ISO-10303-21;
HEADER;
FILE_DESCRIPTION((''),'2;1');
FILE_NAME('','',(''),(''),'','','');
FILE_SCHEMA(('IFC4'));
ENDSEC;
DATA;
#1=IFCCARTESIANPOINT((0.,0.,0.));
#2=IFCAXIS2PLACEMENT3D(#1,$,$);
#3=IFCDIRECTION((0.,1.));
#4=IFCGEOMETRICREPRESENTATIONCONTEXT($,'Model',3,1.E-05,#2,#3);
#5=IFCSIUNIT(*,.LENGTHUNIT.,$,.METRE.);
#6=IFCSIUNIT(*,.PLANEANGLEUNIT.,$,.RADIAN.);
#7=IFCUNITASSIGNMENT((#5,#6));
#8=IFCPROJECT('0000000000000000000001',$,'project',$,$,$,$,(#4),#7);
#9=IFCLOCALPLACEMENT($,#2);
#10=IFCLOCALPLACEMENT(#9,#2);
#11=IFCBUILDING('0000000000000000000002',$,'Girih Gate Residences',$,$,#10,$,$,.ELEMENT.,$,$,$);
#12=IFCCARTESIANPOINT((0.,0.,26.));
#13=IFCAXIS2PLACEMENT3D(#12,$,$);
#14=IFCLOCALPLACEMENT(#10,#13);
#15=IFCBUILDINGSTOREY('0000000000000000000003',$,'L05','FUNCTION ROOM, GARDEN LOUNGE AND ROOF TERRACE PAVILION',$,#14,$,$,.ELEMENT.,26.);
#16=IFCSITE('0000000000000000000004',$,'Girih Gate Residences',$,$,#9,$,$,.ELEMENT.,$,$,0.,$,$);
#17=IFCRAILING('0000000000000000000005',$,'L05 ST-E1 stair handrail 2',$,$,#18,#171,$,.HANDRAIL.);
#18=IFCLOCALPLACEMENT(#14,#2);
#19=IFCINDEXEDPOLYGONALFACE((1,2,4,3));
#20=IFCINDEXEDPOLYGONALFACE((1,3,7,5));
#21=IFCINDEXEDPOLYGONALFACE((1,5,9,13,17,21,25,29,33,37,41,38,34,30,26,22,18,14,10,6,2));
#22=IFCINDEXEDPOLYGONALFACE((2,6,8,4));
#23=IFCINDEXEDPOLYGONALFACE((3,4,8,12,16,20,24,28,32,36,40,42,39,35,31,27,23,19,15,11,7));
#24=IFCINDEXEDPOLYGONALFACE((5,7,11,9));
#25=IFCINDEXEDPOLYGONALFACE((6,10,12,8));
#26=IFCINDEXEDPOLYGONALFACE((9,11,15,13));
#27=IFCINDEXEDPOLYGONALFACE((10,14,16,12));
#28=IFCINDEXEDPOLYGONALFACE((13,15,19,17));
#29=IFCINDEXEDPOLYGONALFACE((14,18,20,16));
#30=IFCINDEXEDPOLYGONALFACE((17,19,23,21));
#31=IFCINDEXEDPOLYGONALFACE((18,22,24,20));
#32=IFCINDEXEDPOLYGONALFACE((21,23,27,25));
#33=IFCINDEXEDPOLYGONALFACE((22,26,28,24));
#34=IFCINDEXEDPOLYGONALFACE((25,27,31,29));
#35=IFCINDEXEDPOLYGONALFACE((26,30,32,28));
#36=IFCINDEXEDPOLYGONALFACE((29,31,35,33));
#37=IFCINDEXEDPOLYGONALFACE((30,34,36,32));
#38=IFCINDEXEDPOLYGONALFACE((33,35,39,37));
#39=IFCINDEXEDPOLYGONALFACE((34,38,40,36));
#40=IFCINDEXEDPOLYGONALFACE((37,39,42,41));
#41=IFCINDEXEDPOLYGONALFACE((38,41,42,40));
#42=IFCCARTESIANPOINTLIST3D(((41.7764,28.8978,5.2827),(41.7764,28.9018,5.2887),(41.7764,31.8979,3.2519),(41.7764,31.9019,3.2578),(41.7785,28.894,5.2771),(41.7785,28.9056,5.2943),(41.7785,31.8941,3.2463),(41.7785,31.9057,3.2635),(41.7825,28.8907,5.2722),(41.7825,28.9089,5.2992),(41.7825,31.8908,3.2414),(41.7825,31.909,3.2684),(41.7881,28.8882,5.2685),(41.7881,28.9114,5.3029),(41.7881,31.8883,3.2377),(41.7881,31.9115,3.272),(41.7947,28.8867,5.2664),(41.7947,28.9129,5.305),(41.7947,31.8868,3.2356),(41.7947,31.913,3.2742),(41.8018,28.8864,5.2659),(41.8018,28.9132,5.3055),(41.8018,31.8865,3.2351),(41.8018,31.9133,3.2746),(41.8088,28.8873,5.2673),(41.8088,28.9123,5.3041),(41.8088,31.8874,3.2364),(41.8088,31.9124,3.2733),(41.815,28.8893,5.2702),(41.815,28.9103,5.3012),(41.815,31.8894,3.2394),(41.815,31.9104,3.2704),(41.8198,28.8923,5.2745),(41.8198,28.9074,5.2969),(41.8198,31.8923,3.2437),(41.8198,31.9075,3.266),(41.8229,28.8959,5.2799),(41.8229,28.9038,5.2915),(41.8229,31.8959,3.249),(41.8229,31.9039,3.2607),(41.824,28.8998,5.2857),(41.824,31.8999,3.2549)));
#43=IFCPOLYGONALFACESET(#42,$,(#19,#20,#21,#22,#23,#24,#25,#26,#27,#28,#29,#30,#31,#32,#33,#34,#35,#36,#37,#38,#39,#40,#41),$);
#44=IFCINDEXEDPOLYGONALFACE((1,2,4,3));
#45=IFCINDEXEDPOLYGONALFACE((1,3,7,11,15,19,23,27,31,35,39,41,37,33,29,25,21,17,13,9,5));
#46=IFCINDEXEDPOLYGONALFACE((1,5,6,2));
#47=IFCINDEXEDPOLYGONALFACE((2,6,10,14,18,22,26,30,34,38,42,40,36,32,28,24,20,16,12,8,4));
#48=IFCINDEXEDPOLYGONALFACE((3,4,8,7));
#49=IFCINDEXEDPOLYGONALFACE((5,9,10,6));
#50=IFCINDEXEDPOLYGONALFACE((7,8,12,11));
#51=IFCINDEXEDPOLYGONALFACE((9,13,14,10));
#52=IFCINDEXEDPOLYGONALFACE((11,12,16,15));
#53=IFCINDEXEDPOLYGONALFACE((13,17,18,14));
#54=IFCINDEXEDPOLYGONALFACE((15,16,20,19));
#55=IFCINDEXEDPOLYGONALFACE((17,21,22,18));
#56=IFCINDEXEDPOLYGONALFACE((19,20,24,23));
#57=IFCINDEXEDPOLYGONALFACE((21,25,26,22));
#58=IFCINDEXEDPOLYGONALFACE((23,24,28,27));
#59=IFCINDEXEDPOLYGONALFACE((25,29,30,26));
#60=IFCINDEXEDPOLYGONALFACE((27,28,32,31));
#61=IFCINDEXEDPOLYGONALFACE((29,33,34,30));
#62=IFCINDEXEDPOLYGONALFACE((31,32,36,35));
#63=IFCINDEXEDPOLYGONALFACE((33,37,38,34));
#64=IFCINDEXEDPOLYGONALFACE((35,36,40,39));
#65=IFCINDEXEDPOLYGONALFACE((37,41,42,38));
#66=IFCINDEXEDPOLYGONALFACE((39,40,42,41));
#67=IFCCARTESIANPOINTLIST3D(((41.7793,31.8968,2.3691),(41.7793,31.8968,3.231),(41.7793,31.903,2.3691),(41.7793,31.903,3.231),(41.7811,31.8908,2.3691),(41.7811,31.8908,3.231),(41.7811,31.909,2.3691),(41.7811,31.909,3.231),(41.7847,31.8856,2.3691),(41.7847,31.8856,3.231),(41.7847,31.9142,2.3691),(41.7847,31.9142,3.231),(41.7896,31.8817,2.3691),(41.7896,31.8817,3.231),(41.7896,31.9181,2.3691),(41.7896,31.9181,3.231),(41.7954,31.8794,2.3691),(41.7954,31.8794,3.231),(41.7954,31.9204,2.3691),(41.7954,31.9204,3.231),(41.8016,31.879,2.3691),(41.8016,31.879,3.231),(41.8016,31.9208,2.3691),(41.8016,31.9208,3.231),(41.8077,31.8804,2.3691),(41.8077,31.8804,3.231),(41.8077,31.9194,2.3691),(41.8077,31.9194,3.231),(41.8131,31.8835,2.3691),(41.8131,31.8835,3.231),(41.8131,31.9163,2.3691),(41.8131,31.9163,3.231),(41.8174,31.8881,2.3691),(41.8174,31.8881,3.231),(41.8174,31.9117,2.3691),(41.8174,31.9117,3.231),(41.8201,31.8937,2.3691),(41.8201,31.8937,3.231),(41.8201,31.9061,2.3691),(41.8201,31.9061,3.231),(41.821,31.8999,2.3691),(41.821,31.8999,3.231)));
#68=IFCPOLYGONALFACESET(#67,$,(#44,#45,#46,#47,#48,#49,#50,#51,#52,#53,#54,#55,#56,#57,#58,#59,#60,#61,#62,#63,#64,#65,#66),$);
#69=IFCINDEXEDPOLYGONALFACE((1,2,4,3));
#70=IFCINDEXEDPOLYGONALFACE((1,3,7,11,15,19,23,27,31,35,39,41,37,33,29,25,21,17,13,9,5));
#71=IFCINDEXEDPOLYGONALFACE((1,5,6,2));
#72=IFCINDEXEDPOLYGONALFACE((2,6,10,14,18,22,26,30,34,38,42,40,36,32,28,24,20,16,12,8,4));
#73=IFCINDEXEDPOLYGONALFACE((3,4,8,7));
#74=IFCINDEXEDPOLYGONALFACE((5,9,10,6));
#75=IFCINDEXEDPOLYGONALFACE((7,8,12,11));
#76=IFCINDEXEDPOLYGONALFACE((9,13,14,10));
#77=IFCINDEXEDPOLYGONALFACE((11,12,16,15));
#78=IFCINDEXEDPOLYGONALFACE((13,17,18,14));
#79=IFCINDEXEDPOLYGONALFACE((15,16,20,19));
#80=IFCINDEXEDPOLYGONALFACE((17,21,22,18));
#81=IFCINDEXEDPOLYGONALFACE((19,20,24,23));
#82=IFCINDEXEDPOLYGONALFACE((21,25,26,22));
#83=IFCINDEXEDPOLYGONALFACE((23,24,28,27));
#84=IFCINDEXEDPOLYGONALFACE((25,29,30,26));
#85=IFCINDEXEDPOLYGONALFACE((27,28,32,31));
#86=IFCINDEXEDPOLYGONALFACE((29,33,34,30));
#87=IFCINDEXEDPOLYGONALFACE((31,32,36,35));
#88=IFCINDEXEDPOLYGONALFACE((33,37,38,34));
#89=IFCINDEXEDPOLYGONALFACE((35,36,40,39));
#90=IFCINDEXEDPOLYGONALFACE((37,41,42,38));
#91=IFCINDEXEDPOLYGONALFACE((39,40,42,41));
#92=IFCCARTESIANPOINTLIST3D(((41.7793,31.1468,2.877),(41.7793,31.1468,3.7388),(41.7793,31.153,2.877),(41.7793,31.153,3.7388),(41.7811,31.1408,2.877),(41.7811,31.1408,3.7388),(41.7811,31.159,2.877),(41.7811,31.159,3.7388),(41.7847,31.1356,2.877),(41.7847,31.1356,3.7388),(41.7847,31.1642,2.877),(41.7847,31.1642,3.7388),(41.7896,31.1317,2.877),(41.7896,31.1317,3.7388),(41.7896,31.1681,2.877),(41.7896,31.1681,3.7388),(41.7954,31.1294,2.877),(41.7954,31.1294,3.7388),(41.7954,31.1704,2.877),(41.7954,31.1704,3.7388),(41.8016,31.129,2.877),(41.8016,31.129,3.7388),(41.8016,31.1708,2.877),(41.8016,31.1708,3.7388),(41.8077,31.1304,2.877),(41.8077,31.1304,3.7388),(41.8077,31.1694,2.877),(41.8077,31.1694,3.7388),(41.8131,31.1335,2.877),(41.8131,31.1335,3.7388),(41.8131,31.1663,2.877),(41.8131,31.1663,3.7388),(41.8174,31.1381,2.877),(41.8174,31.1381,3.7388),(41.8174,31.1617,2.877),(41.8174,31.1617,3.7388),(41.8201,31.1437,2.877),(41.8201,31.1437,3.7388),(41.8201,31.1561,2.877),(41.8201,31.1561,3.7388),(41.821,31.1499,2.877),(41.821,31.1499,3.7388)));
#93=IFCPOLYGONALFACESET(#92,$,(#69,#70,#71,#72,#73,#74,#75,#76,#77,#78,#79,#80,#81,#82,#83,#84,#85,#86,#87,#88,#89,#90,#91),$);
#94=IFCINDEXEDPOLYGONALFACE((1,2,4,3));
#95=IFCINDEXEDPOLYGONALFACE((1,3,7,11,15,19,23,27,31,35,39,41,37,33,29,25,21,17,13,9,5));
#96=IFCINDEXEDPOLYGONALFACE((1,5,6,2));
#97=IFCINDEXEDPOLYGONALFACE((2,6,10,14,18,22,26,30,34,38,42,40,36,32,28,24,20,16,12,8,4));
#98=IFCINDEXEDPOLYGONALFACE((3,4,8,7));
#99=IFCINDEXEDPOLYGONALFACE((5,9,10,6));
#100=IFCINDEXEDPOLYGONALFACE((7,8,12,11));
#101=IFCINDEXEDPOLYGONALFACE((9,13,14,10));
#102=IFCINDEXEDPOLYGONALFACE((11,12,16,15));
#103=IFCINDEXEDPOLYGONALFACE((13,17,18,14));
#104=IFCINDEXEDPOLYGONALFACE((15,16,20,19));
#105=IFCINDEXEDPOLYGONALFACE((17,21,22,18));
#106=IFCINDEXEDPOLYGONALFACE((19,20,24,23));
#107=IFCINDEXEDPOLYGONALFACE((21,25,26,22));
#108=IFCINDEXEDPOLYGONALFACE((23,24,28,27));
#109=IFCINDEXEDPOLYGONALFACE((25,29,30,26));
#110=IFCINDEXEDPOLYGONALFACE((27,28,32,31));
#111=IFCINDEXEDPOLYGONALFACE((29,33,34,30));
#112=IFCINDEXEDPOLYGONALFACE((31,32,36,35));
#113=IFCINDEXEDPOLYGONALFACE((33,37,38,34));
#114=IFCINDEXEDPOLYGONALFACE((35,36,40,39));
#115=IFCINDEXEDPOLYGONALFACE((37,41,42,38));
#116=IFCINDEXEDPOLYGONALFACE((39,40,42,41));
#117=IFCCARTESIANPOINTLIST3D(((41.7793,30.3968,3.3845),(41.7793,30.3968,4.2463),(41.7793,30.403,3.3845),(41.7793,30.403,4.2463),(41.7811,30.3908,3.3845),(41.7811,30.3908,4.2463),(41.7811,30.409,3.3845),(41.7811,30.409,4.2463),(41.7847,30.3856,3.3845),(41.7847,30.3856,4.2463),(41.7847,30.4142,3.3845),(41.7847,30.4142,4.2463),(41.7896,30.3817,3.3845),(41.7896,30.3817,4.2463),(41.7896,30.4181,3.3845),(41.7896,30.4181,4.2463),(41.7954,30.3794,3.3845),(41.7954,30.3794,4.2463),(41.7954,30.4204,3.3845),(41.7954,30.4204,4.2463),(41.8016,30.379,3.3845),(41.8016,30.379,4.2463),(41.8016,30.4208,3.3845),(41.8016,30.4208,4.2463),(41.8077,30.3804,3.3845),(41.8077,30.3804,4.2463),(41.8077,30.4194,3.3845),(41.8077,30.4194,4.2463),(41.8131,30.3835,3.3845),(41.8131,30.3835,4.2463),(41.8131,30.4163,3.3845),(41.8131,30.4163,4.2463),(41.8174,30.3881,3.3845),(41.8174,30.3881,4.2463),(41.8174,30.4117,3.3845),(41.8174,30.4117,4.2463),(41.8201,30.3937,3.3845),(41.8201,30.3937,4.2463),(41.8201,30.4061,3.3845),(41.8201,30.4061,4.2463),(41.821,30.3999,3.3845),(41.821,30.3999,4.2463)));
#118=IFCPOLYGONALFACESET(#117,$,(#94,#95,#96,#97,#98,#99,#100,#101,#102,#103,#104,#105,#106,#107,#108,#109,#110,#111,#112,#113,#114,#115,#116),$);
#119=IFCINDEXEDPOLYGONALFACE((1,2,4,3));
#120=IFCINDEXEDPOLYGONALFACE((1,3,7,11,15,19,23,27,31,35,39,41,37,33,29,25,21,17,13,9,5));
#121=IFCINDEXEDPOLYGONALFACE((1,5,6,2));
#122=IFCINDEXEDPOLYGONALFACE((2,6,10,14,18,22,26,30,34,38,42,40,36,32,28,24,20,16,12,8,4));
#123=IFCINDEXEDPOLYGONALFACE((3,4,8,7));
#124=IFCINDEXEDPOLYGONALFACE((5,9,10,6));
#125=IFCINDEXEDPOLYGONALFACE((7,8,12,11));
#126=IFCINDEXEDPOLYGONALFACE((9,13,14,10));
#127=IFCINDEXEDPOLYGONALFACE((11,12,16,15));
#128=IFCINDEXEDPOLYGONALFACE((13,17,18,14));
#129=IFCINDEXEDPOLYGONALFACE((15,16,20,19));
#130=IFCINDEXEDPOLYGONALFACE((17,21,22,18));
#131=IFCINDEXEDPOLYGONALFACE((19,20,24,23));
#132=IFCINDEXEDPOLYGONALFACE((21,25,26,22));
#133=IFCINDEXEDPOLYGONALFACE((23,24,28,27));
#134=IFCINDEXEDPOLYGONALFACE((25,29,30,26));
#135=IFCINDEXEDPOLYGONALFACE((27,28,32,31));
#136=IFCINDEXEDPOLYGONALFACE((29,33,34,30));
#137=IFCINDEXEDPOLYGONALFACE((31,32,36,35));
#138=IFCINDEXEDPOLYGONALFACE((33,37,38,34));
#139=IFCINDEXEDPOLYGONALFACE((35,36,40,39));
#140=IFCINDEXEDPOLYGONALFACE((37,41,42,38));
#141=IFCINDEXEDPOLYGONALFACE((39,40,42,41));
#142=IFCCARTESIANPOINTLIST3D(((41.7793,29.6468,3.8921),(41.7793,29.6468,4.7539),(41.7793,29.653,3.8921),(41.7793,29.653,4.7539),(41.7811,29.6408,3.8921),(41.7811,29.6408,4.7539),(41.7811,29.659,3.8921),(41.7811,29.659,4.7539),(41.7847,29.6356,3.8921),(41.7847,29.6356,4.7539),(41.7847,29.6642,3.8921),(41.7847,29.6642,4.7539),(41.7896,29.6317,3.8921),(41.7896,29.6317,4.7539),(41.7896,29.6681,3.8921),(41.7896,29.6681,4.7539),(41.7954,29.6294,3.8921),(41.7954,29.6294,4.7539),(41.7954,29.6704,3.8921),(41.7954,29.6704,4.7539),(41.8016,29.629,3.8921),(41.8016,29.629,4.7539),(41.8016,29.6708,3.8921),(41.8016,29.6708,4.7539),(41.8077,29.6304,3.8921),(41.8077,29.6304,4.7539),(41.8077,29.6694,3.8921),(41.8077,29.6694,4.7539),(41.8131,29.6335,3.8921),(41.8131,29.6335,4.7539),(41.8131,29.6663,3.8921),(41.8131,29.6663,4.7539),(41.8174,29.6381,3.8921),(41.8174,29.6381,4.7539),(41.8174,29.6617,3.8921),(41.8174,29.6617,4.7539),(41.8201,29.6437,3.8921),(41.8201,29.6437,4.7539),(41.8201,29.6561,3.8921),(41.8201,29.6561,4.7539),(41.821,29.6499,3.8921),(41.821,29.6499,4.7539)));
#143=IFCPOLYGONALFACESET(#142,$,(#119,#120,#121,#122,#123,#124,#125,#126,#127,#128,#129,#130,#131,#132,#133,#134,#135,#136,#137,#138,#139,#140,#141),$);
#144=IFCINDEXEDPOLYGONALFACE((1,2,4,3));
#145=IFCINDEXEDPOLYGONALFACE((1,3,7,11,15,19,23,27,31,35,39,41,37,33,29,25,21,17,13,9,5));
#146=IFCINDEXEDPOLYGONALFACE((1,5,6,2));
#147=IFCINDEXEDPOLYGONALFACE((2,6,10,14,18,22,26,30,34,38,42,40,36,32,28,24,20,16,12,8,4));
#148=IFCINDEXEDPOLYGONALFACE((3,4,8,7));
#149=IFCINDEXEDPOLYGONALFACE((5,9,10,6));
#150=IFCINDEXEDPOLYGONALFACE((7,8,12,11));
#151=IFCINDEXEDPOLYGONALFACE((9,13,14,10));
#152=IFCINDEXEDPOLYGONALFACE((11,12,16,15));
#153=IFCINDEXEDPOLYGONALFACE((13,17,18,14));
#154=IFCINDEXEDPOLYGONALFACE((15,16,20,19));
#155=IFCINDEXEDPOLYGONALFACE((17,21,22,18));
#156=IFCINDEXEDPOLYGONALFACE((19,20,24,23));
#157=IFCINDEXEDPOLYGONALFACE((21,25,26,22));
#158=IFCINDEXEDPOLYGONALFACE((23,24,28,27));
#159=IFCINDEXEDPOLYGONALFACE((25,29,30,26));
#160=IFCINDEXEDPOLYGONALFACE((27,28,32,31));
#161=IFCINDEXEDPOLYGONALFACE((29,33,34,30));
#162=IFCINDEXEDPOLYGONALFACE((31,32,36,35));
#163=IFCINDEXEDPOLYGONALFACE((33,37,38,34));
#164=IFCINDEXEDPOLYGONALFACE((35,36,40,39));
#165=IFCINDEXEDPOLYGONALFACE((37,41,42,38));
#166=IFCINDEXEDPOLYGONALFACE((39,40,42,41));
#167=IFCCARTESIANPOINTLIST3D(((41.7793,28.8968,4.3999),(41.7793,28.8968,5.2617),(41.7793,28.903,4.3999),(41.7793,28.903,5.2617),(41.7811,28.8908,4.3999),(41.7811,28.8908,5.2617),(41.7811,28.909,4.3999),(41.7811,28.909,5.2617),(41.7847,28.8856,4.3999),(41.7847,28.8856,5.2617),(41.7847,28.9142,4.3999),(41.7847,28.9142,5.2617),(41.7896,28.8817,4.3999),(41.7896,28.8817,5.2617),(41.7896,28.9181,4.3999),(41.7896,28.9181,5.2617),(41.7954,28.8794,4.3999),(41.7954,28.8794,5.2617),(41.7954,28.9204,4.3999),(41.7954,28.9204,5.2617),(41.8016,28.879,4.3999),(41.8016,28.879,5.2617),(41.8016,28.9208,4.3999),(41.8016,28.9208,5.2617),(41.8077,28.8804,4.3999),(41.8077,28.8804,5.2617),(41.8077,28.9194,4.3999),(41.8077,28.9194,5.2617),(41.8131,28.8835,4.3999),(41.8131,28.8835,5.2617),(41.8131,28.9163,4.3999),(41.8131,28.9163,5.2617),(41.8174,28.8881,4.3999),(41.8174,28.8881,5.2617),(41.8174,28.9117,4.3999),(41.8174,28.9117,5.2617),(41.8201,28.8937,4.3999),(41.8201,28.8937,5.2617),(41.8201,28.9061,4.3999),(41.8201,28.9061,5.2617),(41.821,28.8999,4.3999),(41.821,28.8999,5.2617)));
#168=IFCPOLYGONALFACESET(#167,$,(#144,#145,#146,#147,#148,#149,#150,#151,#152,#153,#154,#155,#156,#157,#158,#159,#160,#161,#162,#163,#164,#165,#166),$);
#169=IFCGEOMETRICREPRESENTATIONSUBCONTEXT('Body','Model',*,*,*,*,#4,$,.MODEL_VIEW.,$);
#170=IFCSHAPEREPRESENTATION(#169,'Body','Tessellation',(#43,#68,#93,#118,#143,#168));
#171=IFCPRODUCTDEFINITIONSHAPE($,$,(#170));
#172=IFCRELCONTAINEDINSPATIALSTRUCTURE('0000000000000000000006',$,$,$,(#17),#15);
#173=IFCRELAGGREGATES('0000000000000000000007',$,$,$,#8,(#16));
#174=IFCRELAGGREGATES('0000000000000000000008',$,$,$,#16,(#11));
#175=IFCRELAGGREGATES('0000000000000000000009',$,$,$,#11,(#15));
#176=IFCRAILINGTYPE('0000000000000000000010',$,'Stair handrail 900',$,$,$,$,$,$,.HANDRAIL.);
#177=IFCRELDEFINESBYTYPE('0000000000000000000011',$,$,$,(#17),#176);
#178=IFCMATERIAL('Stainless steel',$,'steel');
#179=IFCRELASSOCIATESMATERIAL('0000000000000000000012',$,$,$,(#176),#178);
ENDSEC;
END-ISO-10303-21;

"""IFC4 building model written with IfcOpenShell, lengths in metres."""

from ifc_helpers import new_model, si_unit, direction, frame, origin, origin_2d, place, context, subcontext, project, spatial, circle, extrude, material, type_object, element, save


model = new_model("IFC4")

# Units and contexts
model_context = context("Model", 3, precision=1e-05, world=origin(), true_north=direction((0.0, 1.0)))
body_context = subcontext(model_context, "Body", "Model", "MODEL_VIEW")
ifc_project = project(units=[si_unit("LENGTHUNIT", "METRE"), si_unit("PLANEANGLEUNIT", "RADIAN")], contexts=[model_context])

# Site, building, storey
site_placement = place(None, origin())
site = spatial("IfcSite", under=ifc_project, at=site_placement, Name="Girih Gate Residences", CompositionType="ELEMENT", RefElevation=0.0)
building_placement = place(site_placement, origin())
building = spatial("IfcBuilding", under=site, at=building_placement, Name="Girih Gate Residences", CompositionType="ELEMENT")
storey_placement = place(building_placement, frame((0.0, 0.0, 26.0)))
storey = spatial("IfcBuildingStorey", under=building, at=storey_placement, Name="L05", Description="FUNCTION ROOM, GARDEN LOUNGE AND ROOF TERRACE PAVILION", CompositionType="ELEMENT", Elevation=26.0)

# Shared definitions
ifc_material_1 = material(Name="Stainless steel", Category="steel")

# Railing
railing_type_1 = type_object("IfcRailingType", Name="Stair handrail 900", PredefinedType="HANDRAIL", material=ifc_material_1)
for number, where, name in (
    (1, (41.8, 31.8999, 2.3691), "L05 ST-E1 stair handrail 2"),
):
    element("IfcRailing", number, at=place(storey_placement, frame(where)), inside=storey, type_object=railing_type_1, Name=name, PredefinedType="HANDRAIL", context=body_context, shape_type="SweptSolid", body=[
        extrude(circle(Radius=0.0239, at=origin_2d()), frame((0.0, 0.0, 0.8857), z_axis=(0.0, -0.82811, 0.560565), x_axis=(1.0, 0.0, 0.0)), (0.0, 0.0, 1.0), 3.6228),
        extrude(circle(Radius=0.021, at=origin_2d()), origin(), (0.0, 0.0, 1.0), 0.8618),
        extrude(circle(Radius=0.021, at=origin_2d()), frame((0.0, -0.75, 0.5078)), (0.0, 0.0, 1.0), 0.8618),
        extrude(circle(Radius=0.021, at=origin_2d()), frame((0.0, -1.5, 1.0154)), (0.0, 0.0, 1.0), 0.8618),
        extrude(circle(Radius=0.021, at=origin_2d()), frame((0.0, -2.25, 1.5229)), (0.0, 0.0, 1.0), 0.8618),
        extrude(circle(Radius=0.021, at=origin_2d()), frame((0.0, -3.0, 2.0308)), (0.0, 0.0, 1.0), 0.8618),
    ])

save(model, "model.ifc")
